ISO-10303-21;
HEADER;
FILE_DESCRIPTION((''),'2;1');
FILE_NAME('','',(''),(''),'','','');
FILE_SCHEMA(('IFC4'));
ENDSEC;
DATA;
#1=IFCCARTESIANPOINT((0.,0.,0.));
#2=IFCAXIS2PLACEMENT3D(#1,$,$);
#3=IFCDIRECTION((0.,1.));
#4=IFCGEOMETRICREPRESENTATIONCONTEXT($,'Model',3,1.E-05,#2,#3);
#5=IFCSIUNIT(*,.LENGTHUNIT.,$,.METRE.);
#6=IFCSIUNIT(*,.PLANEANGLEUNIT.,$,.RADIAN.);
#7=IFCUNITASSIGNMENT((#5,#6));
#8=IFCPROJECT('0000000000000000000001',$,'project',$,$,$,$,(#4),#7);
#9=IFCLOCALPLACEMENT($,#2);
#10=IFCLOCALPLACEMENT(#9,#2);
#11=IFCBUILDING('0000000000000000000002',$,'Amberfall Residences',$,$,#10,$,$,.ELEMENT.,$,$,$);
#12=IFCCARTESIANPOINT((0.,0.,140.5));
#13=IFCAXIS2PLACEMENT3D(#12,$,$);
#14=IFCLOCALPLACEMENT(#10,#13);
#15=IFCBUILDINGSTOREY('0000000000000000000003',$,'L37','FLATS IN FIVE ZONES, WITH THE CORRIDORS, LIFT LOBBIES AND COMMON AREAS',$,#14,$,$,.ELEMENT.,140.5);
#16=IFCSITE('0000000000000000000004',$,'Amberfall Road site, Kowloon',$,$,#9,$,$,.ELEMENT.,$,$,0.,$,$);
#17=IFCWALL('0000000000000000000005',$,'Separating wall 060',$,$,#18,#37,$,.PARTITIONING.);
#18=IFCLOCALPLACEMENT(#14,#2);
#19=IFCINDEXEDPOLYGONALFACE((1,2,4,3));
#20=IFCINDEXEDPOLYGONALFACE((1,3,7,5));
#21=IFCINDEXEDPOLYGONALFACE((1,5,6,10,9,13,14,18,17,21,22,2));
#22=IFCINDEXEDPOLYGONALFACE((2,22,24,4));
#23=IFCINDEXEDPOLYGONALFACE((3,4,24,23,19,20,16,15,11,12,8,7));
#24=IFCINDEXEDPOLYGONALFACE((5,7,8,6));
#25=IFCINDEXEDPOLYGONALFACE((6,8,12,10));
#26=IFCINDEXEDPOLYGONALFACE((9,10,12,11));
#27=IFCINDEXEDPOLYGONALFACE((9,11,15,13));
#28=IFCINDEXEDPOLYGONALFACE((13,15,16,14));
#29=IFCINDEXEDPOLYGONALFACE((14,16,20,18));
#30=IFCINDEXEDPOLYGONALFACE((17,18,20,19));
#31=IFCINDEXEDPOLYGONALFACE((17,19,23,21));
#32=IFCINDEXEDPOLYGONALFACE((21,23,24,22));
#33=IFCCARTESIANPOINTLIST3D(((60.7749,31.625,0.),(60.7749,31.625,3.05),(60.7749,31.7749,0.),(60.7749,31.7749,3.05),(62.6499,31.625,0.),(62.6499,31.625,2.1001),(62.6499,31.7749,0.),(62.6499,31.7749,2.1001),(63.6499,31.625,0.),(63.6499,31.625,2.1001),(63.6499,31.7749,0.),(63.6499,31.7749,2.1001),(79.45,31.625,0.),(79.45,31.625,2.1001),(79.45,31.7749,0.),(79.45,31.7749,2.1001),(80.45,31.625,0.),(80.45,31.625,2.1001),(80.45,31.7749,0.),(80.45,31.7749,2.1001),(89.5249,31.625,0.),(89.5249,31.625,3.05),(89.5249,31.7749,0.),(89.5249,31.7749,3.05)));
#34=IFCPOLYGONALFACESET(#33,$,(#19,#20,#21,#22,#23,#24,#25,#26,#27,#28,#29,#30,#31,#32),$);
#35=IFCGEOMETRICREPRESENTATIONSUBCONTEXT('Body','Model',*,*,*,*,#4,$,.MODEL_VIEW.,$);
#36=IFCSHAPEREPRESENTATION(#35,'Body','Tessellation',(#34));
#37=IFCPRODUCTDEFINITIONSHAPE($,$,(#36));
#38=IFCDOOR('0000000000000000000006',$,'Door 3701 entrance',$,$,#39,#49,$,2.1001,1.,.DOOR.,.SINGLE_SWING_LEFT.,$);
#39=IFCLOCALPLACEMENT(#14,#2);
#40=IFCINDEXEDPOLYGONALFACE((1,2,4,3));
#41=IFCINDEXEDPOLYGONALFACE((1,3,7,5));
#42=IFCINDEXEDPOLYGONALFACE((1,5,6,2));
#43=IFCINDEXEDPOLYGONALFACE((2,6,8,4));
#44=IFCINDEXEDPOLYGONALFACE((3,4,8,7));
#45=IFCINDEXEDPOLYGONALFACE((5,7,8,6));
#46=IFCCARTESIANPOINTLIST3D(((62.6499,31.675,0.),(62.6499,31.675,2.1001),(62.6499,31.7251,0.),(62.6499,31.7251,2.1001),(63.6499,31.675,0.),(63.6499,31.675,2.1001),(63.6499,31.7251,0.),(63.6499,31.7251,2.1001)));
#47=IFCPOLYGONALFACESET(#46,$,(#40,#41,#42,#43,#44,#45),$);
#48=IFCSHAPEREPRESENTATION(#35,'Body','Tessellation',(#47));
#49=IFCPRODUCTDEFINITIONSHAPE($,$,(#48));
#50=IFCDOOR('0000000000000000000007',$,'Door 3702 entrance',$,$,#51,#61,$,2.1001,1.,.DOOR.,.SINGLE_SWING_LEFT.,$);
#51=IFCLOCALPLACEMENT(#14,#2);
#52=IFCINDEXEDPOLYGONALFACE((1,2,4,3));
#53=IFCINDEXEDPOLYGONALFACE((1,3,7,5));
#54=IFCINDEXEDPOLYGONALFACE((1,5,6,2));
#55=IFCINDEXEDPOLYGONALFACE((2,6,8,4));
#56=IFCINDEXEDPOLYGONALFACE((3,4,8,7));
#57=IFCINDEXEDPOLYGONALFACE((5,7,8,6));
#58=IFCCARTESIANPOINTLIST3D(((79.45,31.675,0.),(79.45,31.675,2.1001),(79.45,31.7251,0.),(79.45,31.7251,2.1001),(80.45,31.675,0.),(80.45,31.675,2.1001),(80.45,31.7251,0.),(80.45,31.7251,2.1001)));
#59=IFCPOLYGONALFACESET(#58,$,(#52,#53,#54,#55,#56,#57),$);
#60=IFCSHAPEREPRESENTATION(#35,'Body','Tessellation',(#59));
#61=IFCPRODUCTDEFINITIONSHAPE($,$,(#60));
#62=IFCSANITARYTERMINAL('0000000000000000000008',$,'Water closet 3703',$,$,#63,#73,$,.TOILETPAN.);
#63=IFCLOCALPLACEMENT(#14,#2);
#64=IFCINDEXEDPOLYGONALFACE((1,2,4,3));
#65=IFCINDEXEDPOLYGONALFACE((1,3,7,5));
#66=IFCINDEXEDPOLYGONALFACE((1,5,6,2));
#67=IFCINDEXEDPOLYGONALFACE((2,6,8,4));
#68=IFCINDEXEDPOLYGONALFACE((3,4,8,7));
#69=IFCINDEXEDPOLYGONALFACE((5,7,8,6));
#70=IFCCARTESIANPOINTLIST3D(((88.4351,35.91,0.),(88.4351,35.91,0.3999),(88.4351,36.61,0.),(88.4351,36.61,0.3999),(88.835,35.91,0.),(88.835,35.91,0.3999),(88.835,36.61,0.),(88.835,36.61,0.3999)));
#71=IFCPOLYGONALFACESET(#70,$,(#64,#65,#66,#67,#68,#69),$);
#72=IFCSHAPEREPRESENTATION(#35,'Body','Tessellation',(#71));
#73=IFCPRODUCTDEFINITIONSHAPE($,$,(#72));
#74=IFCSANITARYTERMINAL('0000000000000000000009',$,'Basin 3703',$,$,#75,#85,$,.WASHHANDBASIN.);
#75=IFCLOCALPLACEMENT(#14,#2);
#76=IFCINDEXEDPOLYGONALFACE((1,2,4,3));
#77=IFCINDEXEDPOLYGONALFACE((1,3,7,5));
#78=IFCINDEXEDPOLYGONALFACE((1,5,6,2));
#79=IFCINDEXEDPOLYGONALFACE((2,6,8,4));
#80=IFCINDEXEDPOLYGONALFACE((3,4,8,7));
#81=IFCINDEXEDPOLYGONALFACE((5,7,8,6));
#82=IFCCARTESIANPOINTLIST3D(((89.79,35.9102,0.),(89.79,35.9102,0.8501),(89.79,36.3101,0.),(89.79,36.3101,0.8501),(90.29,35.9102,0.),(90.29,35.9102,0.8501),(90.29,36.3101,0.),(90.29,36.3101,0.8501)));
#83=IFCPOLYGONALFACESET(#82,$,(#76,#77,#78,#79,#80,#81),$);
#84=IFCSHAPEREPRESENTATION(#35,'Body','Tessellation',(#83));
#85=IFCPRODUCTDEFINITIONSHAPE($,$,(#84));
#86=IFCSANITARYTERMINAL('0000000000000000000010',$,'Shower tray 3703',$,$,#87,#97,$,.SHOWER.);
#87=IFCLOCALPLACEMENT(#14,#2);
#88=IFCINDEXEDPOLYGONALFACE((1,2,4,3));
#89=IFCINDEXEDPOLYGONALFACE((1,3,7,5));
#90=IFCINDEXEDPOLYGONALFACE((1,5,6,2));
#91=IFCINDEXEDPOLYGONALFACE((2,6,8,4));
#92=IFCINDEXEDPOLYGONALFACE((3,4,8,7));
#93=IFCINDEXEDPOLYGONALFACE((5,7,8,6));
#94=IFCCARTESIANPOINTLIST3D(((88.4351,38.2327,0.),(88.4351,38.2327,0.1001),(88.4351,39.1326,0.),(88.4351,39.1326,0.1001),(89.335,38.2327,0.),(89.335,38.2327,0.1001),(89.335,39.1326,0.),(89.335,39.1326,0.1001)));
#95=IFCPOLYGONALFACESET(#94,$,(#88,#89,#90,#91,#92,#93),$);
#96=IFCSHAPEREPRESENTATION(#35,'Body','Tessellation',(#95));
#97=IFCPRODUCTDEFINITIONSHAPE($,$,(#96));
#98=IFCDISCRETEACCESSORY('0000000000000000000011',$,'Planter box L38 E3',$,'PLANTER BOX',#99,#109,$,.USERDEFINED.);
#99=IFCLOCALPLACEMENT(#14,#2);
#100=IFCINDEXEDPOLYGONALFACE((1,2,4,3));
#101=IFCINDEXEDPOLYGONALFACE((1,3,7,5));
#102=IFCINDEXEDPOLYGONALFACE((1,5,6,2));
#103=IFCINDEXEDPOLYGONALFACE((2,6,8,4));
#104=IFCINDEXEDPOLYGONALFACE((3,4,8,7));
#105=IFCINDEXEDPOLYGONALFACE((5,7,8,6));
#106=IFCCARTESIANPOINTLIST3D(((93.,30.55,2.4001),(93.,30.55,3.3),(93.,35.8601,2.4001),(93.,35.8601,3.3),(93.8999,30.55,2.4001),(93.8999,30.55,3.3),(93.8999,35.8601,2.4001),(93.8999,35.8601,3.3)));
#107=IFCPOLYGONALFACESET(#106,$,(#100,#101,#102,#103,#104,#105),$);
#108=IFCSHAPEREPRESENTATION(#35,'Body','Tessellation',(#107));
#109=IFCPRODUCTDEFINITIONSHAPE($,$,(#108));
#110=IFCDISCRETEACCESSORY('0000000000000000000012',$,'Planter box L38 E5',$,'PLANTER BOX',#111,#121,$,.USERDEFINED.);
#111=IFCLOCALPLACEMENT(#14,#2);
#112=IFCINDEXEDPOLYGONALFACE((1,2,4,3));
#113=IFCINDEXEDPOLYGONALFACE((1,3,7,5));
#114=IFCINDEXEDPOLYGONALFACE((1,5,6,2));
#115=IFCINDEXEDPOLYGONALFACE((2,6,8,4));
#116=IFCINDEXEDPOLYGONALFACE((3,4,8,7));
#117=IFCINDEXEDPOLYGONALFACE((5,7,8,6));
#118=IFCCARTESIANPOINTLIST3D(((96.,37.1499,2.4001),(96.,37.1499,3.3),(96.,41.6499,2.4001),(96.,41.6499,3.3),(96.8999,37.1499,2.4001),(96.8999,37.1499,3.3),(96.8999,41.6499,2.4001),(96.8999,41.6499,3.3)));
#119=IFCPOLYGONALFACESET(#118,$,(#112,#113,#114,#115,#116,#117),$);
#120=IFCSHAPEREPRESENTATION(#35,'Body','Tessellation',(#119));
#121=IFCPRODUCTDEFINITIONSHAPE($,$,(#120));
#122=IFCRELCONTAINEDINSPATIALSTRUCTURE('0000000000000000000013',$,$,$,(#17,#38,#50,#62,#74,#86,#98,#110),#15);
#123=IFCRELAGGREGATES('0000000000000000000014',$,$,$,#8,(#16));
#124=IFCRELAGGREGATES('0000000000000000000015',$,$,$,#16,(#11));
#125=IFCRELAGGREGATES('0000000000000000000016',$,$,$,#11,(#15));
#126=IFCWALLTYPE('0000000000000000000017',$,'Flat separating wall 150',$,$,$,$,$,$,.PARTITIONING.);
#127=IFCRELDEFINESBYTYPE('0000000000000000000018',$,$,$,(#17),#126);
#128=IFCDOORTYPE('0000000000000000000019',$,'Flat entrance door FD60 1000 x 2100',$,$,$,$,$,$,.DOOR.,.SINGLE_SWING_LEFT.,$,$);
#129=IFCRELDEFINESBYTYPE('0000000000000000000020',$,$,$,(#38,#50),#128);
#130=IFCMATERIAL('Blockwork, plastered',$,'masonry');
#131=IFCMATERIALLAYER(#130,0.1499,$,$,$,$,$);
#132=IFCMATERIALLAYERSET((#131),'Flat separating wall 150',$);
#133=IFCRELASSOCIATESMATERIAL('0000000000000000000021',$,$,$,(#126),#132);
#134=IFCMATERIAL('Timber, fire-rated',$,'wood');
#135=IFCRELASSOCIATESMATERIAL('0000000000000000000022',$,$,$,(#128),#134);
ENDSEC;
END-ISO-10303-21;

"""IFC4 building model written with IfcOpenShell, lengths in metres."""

from ifc_helpers import new_model, si_unit, direction, frame, frame_2d, origin, origin_2d, place, context, subcontext, project, spatial, rectangle, extrude, material, layer, layer_set, type_object, element, fill, save


model = new_model("IFC4")

# Units and contexts
model_context = context("Model", 3, precision=1e-05, world=origin(), true_north=direction((0.0, 1.0)))
body_context = subcontext(model_context, "Body", "Model", "MODEL_VIEW")
ifc_project = project(units=[si_unit("LENGTHUNIT", "METRE"), si_unit("PLANEANGLEUNIT", "RADIAN")], contexts=[model_context])

# Site, building, storey
site_placement = place(None, origin())
site = spatial("IfcSite", under=ifc_project, at=site_placement, Name="Amberfall Road site, Kowloon", CompositionType="ELEMENT", RefElevation=0.0)
building_placement = place(site_placement, origin())
building = spatial("IfcBuilding", under=site, at=building_placement, Name="Amberfall Residences", CompositionType="ELEMENT")
storey_placement = place(building_placement, frame((0.0, 0.0, 140.5)))
storey = spatial("IfcBuildingStorey", under=building, at=storey_placement, Name="L37", Description="FLATS IN FIVE ZONES, WITH THE CORRIDORS, LIFT LOBBIES AND COMMON AREAS", CompositionType="ELEMENT", Elevation=140.5)

# Wall, openings, doors
ifc_material_1 = material(Name="Blockwork, plastered", Category="masonry")
ifc_layer_1 = layer(ifc_material_1, 0.1499)
ifc_layer_set_1 = layer_set([ifc_layer_1], Name="Flat separating wall 150")
wall_type_1 = type_object("IfcWallType", Name="Flat separating wall 150", PredefinedType="PARTITIONING", material=ifc_layer_set_1)
wall_1_placement = place(storey_placement, frame((89.5249, 31.7, 0.0), z_axis=(0.0, 0.0, 1.0), x_axis=(-1.0, 0.0, 0.0)))
wall_1 = element("IfcWall", 1, at=wall_1_placement, inside=storey, type_object=wall_type_1, Name="Separating wall 060", PredefinedType="PARTITIONING", context=body_context, shape_type="SweptSolid", body=[
    extrude(rectangle(XDim=28.75, YDim=0.1499, at=frame_2d((14.375, 0.0))), origin(), (0.0, 0.0, 1.0), 3.05),
])
opening_1_placement = place(wall_1_placement, frame((25.875, 0.0, 0.0)))
opening_1 = element("IfcOpeningElement", 2, at=opening_1_placement, cuts=wall_1, PredefinedType="OPENING", context=body_context, shape_type="SweptSolid", body=[
    extrude(rectangle(XDim=1.0, YDim=2.1001, at=frame_2d((0.5, 1.05))), frame((0.0, 0.085, 0.0), z_axis=(0.0, -1.0, 0.0), x_axis=(1.0, 0.0, 0.0)), (0.0, 0.0, 1.0), 0.1699),
])
opening_2_placement = place(wall_1_placement, frame((9.075, 0.0, 0.0)))
opening_2 = element("IfcOpeningElement", 3, at=opening_2_placement, cuts=wall_1, PredefinedType="OPENING", context=body_context, shape_type="SweptSolid", body=[
    extrude(rectangle(XDim=1.0, YDim=2.1001, at=frame_2d((0.5, 1.05))), frame((0.0, 0.085, 0.0), z_axis=(0.0, -1.0, 0.0), x_axis=(1.0, 0.0, 0.0)), (0.0, 0.0, 1.0), 0.1699),
])
ifc_material_2 = material(Name="Timber, fire-rated", Category="wood")
door_type_1 = type_object("IfcDoorType", Name="Flat entrance door FD60 1000 x 2100", OperationType="SINGLE_SWING_LEFT", PredefinedType="DOOR", material=ifc_material_2)
door_1_placement = place(opening_1_placement, origin())
door_1 = element("IfcDoor", 4, at=door_1_placement, inside=storey, type_object=door_type_1, Name="Door 3701 entrance", OperationType="SINGLE_SWING_LEFT", OverallHeight=2.1001, OverallWidth=1.0, PredefinedType="DOOR", context=body_context, shape_type="SweptSolid", body=[
    extrude(rectangle(XDim=1.0, YDim=2.1001, at=frame_2d((0.5, 1.05))), frame((0.0, 0.0249, 0.0), z_axis=(0.0, -1.0, 0.0), x_axis=(1.0, 0.0, 0.0)), (0.0, 0.0, 1.0), 0.05),
])
fill(opening_1, door_1)
door_2_placement = place(opening_2_placement, origin())
door_2 = element("IfcDoor", 5, at=door_2_placement, inside=storey, type_object=door_type_1, Name="Door 3702 entrance", OperationType="SINGLE_SWING_LEFT", OverallHeight=2.1001, OverallWidth=1.0, PredefinedType="DOOR", context=body_context, shape_type="SweptSolid", body=[
    extrude(rectangle(XDim=1.0, YDim=2.1001, at=frame_2d((0.5, 1.05))), frame((0.0, 0.0249, 0.0), z_axis=(0.0, -1.0, 0.0), x_axis=(1.0, 0.0, 0.0)), (0.0, 0.0, 1.0), 0.05),
])
fill(opening_2, door_2)

# Sanitary terminals
sanitary_terminal_1_placement = place(storey_placement, frame((88.635, 36.26, 0.0), z_axis=(0.0, 0.0, 1.0), x_axis=(1.0, 0.0, 0.0)))
element("IfcSanitaryTerminal", 6, at=sanitary_terminal_1_placement, inside=storey, Name="Water closet 3703", PredefinedType="TOILETPAN", context=body_context, shape_type="SweptSolid", body=[
    extrude(rectangle(XDim=0.3999, YDim=0.7, at=origin_2d()), origin(), (0.0, 0.0, 1.0), 0.3999),
])
sanitary_terminal_2_placement = place(storey_placement, frame((90.04, 36.1101, 0.0), z_axis=(0.0, 0.0, 1.0), x_axis=(1.0, 0.0, 0.0)))
element("IfcSanitaryTerminal", 7, at=sanitary_terminal_2_placement, inside=storey, Name="Basin 3703", PredefinedType="WASHHANDBASIN", context=body_context, shape_type="SweptSolid", body=[
    extrude(rectangle(XDim=0.5, YDim=0.3999, at=origin_2d()), origin(), (0.0, 0.0, 1.0), 0.8501),
])
sanitary_terminal_3_placement = place(storey_placement, frame((88.885, 38.6826, 0.0), z_axis=(0.0, 0.0, 1.0), x_axis=(1.0, 0.0, 0.0)))
element("IfcSanitaryTerminal", 8, at=sanitary_terminal_3_placement, inside=storey, Name="Shower tray 3703", PredefinedType="SHOWER", context=body_context, shape_type="SweptSolid", body=[
    extrude(rectangle(XDim=0.8999, YDim=0.8999, at=origin_2d()), origin(), (0.0, 0.0, 1.0), 0.1001),
])

# Discrete accessories
discrete_accessory_1_placement = place(storey_placement, frame((93.45, 33.2051, 2.4001), z_axis=(0.0, 0.0, 1.0), x_axis=(0.0, 1.0, 0.0)))
element("IfcDiscreteAccessory", 9, at=discrete_accessory_1_placement, inside=storey, Name="Planter box L38 E3", ObjectType="PLANTER BOX", PredefinedType="USERDEFINED", context=body_context, shape_type="SweptSolid", body=[
    extrude(rectangle(XDim=5.3101, YDim=0.8999, at=origin_2d()), origin(), (0.0, 0.0, 1.0), 0.8999),
])
discrete_accessory_2_placement = place(storey_placement, frame((96.45, 39.3999, 2.4001), z_axis=(0.0, 0.0, 1.0), x_axis=(0.0, 1.0, 0.0)))
element("IfcDiscreteAccessory", 10, at=discrete_accessory_2_placement, inside=storey, Name="Planter box L38 E5", ObjectType="PLANTER BOX", PredefinedType="USERDEFINED", context=body_context, shape_type="SweptSolid", body=[
    extrude(rectangle(XDim=4.5, YDim=0.8999, at=origin_2d()), origin(), (0.0, 0.0, 1.0), 0.8999),
])

save(model, "model.ifc")
